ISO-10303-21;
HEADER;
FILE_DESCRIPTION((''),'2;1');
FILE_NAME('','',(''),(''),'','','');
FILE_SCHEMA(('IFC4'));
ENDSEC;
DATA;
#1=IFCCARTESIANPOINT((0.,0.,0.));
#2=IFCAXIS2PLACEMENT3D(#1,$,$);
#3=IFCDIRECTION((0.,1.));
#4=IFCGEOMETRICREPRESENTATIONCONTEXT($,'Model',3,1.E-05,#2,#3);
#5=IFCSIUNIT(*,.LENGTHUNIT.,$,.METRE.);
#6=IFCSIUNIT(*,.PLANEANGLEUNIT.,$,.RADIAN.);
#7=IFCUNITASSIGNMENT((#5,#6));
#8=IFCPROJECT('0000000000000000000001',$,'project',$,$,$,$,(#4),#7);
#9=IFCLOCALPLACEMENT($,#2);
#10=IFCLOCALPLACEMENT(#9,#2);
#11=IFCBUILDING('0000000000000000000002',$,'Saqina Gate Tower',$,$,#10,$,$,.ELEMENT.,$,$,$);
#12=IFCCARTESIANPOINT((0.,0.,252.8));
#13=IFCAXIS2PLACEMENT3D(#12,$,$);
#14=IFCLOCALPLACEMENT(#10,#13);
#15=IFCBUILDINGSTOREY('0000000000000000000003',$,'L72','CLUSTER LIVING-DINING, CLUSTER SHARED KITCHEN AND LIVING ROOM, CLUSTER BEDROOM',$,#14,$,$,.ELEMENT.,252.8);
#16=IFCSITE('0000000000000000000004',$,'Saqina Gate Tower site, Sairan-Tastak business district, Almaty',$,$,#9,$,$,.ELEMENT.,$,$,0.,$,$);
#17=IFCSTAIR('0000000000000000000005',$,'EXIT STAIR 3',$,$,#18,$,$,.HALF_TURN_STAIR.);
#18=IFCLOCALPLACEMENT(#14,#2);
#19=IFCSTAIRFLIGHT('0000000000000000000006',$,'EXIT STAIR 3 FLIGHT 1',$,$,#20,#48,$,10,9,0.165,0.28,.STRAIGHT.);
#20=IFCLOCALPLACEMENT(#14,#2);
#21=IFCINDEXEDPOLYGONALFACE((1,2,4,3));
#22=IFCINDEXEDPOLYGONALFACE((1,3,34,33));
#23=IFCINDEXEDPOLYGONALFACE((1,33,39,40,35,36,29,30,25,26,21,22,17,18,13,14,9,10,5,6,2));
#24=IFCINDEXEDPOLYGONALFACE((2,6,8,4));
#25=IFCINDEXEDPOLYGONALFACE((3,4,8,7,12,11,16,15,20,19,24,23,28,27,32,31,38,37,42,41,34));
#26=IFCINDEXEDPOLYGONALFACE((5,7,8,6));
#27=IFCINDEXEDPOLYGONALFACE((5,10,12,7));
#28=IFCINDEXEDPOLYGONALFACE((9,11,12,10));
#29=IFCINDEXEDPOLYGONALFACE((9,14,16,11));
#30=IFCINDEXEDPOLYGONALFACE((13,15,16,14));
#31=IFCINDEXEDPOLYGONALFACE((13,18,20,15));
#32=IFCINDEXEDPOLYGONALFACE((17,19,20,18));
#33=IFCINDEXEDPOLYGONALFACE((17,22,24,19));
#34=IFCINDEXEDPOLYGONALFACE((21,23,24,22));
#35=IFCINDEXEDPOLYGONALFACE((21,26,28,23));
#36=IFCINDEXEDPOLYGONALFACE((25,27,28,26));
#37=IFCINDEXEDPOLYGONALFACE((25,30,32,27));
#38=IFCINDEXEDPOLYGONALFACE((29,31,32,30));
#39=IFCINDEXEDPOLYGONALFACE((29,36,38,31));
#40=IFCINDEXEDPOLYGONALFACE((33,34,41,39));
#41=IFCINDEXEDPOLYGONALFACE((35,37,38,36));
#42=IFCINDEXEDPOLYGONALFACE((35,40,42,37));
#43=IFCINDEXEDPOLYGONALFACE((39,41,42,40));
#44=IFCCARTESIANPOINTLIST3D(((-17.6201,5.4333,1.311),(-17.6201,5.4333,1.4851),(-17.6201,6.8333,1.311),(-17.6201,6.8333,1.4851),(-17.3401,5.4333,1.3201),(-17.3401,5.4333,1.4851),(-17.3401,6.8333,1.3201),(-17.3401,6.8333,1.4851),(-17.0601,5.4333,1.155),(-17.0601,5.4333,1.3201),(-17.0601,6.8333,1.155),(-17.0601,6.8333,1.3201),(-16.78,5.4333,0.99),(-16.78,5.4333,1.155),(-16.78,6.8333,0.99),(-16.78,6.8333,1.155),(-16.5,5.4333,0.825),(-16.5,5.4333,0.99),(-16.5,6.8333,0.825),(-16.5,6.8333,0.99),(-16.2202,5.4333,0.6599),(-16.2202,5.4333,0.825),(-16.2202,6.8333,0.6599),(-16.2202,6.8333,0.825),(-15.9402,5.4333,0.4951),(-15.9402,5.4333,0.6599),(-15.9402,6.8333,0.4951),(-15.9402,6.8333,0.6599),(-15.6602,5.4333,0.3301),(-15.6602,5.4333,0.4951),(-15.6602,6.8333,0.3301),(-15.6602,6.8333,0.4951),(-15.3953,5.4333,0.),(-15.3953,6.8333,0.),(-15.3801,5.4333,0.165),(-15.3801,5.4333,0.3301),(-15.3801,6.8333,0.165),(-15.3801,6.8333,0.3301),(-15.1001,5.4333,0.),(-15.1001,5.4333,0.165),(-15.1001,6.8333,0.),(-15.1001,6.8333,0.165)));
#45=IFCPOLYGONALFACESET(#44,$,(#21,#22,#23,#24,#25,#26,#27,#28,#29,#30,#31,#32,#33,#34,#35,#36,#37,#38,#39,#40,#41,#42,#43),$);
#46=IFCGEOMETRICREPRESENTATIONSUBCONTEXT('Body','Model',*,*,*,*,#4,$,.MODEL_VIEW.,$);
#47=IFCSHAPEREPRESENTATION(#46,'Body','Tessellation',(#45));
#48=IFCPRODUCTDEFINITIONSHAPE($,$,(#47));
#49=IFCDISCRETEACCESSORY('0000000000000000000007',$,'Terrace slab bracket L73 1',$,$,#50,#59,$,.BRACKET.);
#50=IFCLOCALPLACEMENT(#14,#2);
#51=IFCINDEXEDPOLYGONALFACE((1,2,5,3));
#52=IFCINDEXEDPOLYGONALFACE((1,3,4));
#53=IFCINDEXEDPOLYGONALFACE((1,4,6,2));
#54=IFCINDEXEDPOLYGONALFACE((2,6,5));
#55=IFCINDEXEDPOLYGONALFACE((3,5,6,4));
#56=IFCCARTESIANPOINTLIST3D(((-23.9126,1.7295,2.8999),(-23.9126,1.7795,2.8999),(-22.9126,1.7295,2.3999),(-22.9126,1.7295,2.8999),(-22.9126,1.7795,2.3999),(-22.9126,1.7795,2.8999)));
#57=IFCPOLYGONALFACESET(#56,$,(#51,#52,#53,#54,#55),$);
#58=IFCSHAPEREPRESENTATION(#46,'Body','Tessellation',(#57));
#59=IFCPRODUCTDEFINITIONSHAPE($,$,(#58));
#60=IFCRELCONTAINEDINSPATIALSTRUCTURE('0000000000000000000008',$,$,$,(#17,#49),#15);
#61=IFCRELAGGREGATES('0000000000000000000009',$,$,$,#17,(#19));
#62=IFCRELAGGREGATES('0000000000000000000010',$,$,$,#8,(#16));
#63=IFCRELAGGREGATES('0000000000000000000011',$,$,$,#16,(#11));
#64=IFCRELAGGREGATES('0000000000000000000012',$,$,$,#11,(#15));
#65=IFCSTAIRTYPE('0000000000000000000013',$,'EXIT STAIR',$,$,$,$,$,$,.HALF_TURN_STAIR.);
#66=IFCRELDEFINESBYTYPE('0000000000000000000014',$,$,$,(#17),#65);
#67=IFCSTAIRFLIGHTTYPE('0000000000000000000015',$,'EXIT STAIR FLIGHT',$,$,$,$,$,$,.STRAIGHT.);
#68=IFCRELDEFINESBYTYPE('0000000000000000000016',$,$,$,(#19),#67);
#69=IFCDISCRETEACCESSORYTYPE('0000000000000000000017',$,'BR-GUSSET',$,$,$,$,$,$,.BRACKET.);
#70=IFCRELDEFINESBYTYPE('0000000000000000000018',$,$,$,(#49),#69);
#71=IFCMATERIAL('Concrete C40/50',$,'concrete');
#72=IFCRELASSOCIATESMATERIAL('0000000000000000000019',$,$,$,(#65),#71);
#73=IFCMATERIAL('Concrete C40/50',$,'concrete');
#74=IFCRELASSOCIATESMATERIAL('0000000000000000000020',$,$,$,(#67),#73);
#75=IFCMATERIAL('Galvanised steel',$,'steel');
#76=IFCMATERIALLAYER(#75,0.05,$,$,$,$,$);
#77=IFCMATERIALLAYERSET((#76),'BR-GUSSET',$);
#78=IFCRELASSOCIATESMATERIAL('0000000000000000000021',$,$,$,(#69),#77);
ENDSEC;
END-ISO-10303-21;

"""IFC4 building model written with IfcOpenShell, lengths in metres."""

from ifc_helpers import new_model, si_unit, direction, frame, origin, place, context, subcontext, project, spatial, polyline, outline, extrude, material, layer, layer_set, type_object, element, aggregate, save


model = new_model("IFC4")

# Units and contexts
model_context = context("Model", 3, precision=1e-05, world=origin(), true_north=direction((0.0, 1.0)))
body_context = subcontext(model_context, "Body", "Model", "MODEL_VIEW")
ifc_project = project(units=[si_unit("LENGTHUNIT", "METRE"), si_unit("PLANEANGLEUNIT", "RADIAN")], contexts=[model_context])

# Site, building, storey
site_placement = place(None, origin())
site = spatial("IfcSite", under=ifc_project, at=site_placement, Name="Saqina Gate Tower site, Sairan-Tastak business district, Almaty", CompositionType="ELEMENT", RefElevation=0.0)
building_placement = place(site_placement, origin())
building = spatial("IfcBuilding", under=site, at=building_placement, Name="Saqina Gate Tower", CompositionType="ELEMENT")
storey_placement = place(building_placement, frame((0.0, 0.0, 252.8)))
storey = spatial("IfcBuildingStorey", under=building, at=storey_placement, Name="L72", Description="CLUSTER LIVING-DINING, CLUSTER SHARED KITCHEN AND LIVING ROOM, CLUSTER BEDROOM", CompositionType="ELEMENT", Elevation=252.8)

# Stair, stair flight
ifc_material_1 = material(Name="Concrete C40/50", Category="concrete")
stair_type = type_object("IfcStairType", Name="EXIT STAIR", PredefinedType="HALF_TURN_STAIR", material=ifc_material_1)
stair_placement = place(storey_placement, origin())
stair = element("IfcStair", 1, at=stair_placement, inside=storey, type_object=stair_type, Name="EXIT STAIR 3", PredefinedType="HALF_TURN_STAIR")
ifc_material_2 = material(Name="Concrete C40/50", Category="concrete")
stair_flight_type = type_object("IfcStairFlightType", Name="EXIT STAIR FLIGHT", PredefinedType="STRAIGHT", material=ifc_material_2)
stair_flight_placement = place(storey_placement, frame((-15.1001, 6.1333, 0.0), z_axis=(0.0, 0.0, 1.0), x_axis=(-1.0, 0.0, 0.0)))
stair_flight = element("IfcStairFlight", 2, at=stair_flight_placement, type_object=stair_flight_type, Name="EXIT STAIR 3 FLIGHT 1", NumberOfRisers=10, NumberOfTreads=9, PredefinedType="STRAIGHT", RiserHeight=0.165, TreadLength=0.28, context=body_context, shape_type="SweptSolid", body=[
    extrude(outline(polyline([(0.0, 0.0), (0.0, 0.165), (0.28, 0.165), (0.28, 0.3301), (0.5601, 0.3301), (0.5601, 0.4951), (0.8401, 0.4951), (0.8401, 0.6599), (1.1201, 0.6599), (1.1201, 0.825), (1.3999, 0.825), (1.3999, 0.99), (1.6799, 0.99), (1.6799, 1.155), (1.96, 1.155), (1.96, 1.3201), (2.24, 1.3201), (2.24, 1.4851), (2.52, 1.4851), (2.52, 1.6499), (2.52, 1.311), (0.2952, 0.0), (0.0, 0.0)])), frame((0.0, 0.7, 0.0), z_axis=(0.0, -1.0, 0.0), x_axis=(1.0, 0.0, 0.0)), (0.0, 0.0, 1.0), 1.3999),
])
aggregate(stair, [stair_flight])

# Discrete accessory
ifc_material_3 = material(Name="Galvanised steel", Category="steel")
ifc_layer_1 = layer(ifc_material_3, 0.05)
ifc_layer_set_1 = layer_set([ifc_layer_1], Name="BR-GUSSET")
discrete_accessory_type = type_object("IfcDiscreteAccessoryType", Name="BR-GUSSET", PredefinedType="BRACKET", material=ifc_layer_set_1)
discrete_accessory_placement = place(storey_placement, frame((-22.9126, 1.7295, 2.3999), z_axis=(0.0, -1.0, 0.0), x_axis=(0.0, 0.0, 1.0)))
element("IfcDiscreteAccessory", 3, at=discrete_accessory_placement, inside=storey, type_object=discrete_accessory_type, Name="Terrace slab bracket L73 1", PredefinedType="BRACKET", context=body_context, shape_type="SweptSolid", body=[
    extrude(outline(polyline([(0.0, 0.0), (0.5, 0.0), (0.5, 1.0), (0.0, 0.0)])), origin(), (0.0, 0.0, -1.0), 0.05),
])

save(model, "model.ifc")
